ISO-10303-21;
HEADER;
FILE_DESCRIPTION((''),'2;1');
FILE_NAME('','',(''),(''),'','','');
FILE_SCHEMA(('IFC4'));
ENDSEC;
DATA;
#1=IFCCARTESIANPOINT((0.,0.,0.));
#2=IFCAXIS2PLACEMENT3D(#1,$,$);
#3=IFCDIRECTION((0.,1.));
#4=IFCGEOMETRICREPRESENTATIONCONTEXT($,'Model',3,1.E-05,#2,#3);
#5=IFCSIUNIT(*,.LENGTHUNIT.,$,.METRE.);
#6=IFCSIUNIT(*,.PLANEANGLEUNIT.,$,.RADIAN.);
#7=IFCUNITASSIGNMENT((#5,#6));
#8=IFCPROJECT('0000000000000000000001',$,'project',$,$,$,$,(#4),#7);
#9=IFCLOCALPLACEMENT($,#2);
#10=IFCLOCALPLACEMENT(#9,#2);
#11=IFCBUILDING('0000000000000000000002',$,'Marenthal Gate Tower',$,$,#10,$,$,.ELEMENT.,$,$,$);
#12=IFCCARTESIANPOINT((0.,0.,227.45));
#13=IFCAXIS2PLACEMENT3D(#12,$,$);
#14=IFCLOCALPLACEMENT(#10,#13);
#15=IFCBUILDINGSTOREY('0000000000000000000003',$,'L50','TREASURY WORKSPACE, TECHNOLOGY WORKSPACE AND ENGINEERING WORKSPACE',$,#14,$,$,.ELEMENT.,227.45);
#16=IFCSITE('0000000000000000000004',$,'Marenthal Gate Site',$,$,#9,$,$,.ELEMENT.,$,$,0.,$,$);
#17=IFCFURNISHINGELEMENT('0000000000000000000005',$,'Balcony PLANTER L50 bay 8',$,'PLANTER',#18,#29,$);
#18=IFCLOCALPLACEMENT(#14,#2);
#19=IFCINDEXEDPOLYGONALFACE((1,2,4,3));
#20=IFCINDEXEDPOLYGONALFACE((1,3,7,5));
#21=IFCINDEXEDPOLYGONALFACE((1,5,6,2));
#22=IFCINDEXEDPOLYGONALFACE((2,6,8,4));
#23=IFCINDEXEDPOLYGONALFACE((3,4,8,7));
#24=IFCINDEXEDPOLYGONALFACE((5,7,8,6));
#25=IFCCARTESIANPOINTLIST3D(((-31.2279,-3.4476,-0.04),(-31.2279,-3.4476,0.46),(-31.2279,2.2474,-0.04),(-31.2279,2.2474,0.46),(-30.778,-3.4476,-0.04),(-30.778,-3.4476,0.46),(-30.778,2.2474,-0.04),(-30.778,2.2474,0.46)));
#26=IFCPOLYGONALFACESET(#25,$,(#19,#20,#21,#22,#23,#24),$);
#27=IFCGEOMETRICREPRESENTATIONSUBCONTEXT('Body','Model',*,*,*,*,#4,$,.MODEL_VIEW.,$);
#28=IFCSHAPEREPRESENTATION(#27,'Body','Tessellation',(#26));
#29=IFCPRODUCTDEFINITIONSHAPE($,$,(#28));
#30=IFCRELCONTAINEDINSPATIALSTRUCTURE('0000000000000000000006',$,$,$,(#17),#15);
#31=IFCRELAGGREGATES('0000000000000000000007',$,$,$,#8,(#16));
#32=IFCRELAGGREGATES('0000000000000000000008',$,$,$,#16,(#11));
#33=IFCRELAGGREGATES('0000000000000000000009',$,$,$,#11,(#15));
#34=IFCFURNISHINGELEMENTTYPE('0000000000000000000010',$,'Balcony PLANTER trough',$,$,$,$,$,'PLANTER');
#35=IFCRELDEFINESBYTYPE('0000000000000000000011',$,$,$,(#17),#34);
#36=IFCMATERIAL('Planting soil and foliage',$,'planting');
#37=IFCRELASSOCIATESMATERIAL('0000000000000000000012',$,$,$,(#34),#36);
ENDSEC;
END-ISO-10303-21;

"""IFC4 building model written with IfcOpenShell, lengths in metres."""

from ifc_helpers import new_model, si_unit, direction, frame, origin, origin_2d, place, context, subcontext, project, spatial, rectangle, extrude, material, type_object, element, save


model = new_model("IFC4")

# Units and contexts
model_context = context("Model", 3, precision=1e-05, world=origin(), true_north=direction((0.0, 1.0)))
body_context = subcontext(model_context, "Body", "Model", "MODEL_VIEW")
ifc_project = project(units=[si_unit("LENGTHUNIT", "METRE"), si_unit("PLANEANGLEUNIT", "RADIAN")], contexts=[model_context])

# Site, building, storey
site_placement = place(None, origin())
site = spatial("IfcSite", under=ifc_project, at=site_placement, Name="Marenthal Gate Site", CompositionType="ELEMENT", RefElevation=0.0)
building_placement = place(site_placement, origin())
building = spatial("IfcBuilding", under=site, at=building_placement, Name="Marenthal Gate Tower", CompositionType="ELEMENT")
storey_placement = place(building_placement, frame((0.0, 0.0, 227.45)))
storey = spatial("IfcBuildingStorey", under=building, at=storey_placement, Name="L50", Description="TREASURY WORKSPACE, TECHNOLOGY WORKSPACE AND ENGINEERING WORKSPACE", CompositionType="ELEMENT", Elevation=227.45)

# Furnishing element
ifc_material_1 = material(Name="Planting soil and foliage", Category="planting")
furnishing_element_type = type_object("IfcFurnishingElementType", Name="Balcony PLANTER trough", ElementType="PLANTER", material=ifc_material_1)
furnishing_placement = place(storey_placement, frame((-31.0029, -0.6001, -0.04), z_axis=(0.0, 0.0, 1.0), x_axis=(0.0, -1.0, 0.0)))
element("IfcFurnishingElement", 1, at=furnishing_placement, inside=storey, type_object=furnishing_element_type, Name="Balcony PLANTER L50 bay 8", ObjectType="PLANTER", context=body_context, shape_type="SweptSolid", body=[
    extrude(rectangle(XDim=5.6951, YDim=0.45, at=origin_2d()), origin(), (0.0, 0.0, 1.0), 0.5),
])

save(model, "model.ifc")
